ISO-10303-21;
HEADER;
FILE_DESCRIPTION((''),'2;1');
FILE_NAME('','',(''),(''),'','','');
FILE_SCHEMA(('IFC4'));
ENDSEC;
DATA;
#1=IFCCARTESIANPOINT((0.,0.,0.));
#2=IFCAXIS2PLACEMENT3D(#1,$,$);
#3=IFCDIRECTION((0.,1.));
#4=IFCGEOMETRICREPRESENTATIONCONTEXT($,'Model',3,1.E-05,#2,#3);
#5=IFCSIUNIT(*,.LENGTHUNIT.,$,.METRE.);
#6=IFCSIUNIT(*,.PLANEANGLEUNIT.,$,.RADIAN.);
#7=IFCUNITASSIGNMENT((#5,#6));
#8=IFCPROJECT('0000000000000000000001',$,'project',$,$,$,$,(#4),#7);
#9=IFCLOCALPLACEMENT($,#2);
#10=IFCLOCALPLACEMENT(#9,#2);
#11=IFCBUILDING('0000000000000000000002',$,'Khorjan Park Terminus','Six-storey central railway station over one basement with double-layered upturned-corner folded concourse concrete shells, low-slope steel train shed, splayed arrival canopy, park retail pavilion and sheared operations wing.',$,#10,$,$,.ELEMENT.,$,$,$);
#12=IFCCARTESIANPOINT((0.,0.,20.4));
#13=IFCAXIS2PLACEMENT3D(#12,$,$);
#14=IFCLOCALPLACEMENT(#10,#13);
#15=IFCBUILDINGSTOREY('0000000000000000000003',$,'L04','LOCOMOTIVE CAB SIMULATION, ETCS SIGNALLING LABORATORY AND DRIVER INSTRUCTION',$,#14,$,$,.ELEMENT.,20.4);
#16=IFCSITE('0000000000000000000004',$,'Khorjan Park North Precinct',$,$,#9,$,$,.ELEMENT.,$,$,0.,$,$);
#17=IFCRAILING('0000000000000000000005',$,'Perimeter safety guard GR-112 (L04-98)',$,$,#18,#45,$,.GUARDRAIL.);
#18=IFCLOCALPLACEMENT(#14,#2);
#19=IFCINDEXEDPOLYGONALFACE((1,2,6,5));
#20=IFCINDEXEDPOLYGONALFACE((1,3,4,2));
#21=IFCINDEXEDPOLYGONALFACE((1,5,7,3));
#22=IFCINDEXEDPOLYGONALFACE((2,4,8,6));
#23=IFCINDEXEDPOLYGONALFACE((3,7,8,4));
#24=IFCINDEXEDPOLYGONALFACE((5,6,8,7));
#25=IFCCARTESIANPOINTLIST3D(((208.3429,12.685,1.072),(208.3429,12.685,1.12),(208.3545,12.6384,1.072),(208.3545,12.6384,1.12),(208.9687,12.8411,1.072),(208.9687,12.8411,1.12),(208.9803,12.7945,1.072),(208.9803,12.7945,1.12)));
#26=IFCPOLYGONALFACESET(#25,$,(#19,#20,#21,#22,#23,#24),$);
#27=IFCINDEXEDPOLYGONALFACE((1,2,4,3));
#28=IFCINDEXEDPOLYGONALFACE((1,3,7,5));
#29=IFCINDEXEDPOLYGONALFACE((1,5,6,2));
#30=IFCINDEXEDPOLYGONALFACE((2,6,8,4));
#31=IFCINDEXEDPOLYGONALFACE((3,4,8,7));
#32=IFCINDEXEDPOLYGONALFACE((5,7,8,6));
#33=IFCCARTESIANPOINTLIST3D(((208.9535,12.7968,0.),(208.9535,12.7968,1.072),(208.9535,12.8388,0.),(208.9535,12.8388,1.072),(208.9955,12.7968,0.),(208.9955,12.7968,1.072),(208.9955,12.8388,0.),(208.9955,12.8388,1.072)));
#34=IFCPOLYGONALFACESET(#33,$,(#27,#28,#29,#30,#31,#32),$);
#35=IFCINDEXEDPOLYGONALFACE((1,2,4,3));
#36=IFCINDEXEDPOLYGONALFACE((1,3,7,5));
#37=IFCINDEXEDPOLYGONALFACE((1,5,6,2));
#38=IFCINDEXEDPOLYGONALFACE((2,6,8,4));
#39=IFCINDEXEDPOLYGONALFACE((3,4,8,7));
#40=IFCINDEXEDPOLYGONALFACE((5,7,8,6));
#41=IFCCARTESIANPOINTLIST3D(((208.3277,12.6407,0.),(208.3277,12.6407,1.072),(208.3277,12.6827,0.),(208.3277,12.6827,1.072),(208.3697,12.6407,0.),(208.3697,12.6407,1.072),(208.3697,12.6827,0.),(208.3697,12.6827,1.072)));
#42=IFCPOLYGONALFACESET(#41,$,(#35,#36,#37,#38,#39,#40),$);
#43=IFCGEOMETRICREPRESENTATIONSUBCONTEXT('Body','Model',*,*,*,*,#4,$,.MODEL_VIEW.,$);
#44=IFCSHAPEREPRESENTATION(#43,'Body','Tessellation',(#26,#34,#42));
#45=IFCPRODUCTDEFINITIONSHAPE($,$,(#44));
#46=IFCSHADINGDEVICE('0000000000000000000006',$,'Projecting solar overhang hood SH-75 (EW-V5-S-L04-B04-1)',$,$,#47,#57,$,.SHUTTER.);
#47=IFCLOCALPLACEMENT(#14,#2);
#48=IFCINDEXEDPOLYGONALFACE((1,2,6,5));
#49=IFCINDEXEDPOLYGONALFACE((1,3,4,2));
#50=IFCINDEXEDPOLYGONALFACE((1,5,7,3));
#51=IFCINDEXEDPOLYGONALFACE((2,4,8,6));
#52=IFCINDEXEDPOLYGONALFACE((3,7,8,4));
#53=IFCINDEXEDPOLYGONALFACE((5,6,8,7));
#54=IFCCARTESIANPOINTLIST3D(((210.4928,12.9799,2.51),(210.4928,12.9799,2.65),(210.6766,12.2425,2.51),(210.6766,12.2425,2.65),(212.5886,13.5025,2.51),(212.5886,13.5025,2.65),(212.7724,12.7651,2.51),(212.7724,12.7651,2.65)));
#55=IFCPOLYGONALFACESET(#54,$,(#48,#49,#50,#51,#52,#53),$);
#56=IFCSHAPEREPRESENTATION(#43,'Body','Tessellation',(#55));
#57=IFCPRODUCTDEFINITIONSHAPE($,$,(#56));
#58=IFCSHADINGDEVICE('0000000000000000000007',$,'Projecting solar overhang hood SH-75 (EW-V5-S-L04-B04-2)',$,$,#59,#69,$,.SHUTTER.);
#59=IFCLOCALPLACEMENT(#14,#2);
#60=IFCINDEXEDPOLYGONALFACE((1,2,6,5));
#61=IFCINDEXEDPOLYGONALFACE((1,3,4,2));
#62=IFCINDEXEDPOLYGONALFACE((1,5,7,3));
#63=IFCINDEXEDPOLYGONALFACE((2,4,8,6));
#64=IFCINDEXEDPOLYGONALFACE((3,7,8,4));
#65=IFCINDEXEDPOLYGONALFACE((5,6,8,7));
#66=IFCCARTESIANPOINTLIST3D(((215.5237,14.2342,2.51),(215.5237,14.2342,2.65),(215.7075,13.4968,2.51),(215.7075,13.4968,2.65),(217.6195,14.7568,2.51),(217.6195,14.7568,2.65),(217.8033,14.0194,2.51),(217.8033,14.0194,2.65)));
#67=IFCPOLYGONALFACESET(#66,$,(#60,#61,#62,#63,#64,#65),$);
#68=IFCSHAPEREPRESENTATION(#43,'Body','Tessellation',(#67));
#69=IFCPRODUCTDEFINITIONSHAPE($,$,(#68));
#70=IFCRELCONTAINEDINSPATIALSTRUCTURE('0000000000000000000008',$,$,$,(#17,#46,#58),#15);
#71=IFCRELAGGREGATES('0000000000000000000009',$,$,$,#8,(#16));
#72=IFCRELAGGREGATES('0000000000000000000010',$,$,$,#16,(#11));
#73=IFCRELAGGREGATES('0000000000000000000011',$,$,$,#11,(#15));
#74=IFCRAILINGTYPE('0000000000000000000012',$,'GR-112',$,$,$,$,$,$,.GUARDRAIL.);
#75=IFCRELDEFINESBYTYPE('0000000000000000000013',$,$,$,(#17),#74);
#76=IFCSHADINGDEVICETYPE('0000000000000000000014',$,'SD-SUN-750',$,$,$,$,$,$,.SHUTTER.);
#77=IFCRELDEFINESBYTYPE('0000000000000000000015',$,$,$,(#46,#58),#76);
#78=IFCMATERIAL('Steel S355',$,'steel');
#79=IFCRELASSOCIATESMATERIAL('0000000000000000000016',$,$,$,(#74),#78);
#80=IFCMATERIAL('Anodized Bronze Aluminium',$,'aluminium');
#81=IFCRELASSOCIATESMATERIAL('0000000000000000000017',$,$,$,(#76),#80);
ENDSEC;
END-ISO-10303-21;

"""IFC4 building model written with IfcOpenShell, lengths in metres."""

from ifc_helpers import new_model, si_unit, direction, frame, origin, origin_2d, place, context, subcontext, project, spatial, rectangle, extrude, material, type_object, element, save


model = new_model("IFC4")

# Units and contexts
model_context = context("Model", 3, precision=1e-05, world=origin(), true_north=direction((0.0, 1.0)))
body_context = subcontext(model_context, "Body", "Model", "MODEL_VIEW")
ifc_project = project(units=[si_unit("LENGTHUNIT", "METRE"), si_unit("PLANEANGLEUNIT", "RADIAN")], contexts=[model_context])

# Site, building, storey
site_placement = place(None, origin())
site = spatial("IfcSite", under=ifc_project, at=site_placement, Name="Khorjan Park North Precinct", CompositionType="ELEMENT", RefElevation=0.0)
building_placement = place(site_placement, origin())
building = spatial("IfcBuilding", under=site, at=building_placement, Name="Khorjan Park Terminus", Description="Six-storey central railway station over one basement with double-layered upturned-corner folded concourse concrete shells, low-slope steel train shed, splayed arrival canopy, park retail pavilion and sheared operations wing.", CompositionType="ELEMENT")
storey_placement = place(building_placement, frame((0.0, 0.0, 20.4)))
storey = spatial("IfcBuildingStorey", under=building, at=storey_placement, Name="L04", Description="LOCOMOTIVE CAB SIMULATION, ETCS SIGNALLING LABORATORY AND DRIVER INSTRUCTION", CompositionType="ELEMENT", Elevation=20.4)

# Shared definitions
ifc_material_1 = material(Name="Steel S355", Category="steel")

# Shared definitions
ifc_material_2 = material(Name="Anodized Bronze Aluminium", Category="aluminium")

# Railing
railing_type = type_object("IfcRailingType", Name="GR-112", PredefinedType="GUARDRAIL", material=ifc_material_1)
railing_1_placement = place(storey_placement, frame((208.9745, 12.8178, 0.0)))
element("IfcRailing", 1, at=railing_1_placement, inside=storey, type_object=railing_type, Name="Perimeter safety guard GR-112 (L04-98)", PredefinedType="GUARDRAIL", context=body_context, shape_type="SweptSolid", body=[
    extrude(rectangle(XDim=0.048, YDim=0.048, at=origin_2d()), frame((0.0, 0.0, 1.096), z_axis=(-0.97027, -0.242025, 0.0), x_axis=(0.242025, -0.97027, 0.0)), (0.0, 0.0, 1.0), 0.645),
    extrude(rectangle(XDim=0.042, YDim=0.042, at=origin_2d()), origin(), (0.0, 0.0, 1.0), 1.072),
    extrude(rectangle(XDim=0.042, YDim=0.042, at=origin_2d()), frame((-0.6258, -0.1561, 0.0)), (0.0, 0.0, 1.0), 1.072),
])

# Shading devices
shading_device_type = type_object("IfcShadingDeviceType", Name="SD-SUN-750", PredefinedType="SHUTTER", material=ifc_material_2)
for number, where, z_axis, x_axis, name in (
    (2, (211.6326, 12.8725, 2.51), (0.0, 0.0, 1.0), (0.970297, 0.241916, 0.0), "Projecting solar overhang hood SH-75 (EW-V5-S-L04-B04-1)"),
    (3, (216.6635, 14.1268, 2.51), (0.0, 0.0, 1.0), (0.970297, 0.241916, 0.0), "Projecting solar overhang hood SH-75 (EW-V5-S-L04-B04-2)"),
):
    element("IfcShadingDevice", number, at=place(storey_placement, frame(where, z_axis=z_axis, x_axis=x_axis)), inside=storey, type_object=shading_device_type, Name=name, PredefinedType="SHUTTER", context=body_context, shape_type="SweptSolid", body=[
        extrude(rectangle(XDim=2.16, YDim=0.76, at=origin_2d()), origin(), (0.0, 0.0, 1.0), 0.14),
    ])

save(model, "model.ifc")
